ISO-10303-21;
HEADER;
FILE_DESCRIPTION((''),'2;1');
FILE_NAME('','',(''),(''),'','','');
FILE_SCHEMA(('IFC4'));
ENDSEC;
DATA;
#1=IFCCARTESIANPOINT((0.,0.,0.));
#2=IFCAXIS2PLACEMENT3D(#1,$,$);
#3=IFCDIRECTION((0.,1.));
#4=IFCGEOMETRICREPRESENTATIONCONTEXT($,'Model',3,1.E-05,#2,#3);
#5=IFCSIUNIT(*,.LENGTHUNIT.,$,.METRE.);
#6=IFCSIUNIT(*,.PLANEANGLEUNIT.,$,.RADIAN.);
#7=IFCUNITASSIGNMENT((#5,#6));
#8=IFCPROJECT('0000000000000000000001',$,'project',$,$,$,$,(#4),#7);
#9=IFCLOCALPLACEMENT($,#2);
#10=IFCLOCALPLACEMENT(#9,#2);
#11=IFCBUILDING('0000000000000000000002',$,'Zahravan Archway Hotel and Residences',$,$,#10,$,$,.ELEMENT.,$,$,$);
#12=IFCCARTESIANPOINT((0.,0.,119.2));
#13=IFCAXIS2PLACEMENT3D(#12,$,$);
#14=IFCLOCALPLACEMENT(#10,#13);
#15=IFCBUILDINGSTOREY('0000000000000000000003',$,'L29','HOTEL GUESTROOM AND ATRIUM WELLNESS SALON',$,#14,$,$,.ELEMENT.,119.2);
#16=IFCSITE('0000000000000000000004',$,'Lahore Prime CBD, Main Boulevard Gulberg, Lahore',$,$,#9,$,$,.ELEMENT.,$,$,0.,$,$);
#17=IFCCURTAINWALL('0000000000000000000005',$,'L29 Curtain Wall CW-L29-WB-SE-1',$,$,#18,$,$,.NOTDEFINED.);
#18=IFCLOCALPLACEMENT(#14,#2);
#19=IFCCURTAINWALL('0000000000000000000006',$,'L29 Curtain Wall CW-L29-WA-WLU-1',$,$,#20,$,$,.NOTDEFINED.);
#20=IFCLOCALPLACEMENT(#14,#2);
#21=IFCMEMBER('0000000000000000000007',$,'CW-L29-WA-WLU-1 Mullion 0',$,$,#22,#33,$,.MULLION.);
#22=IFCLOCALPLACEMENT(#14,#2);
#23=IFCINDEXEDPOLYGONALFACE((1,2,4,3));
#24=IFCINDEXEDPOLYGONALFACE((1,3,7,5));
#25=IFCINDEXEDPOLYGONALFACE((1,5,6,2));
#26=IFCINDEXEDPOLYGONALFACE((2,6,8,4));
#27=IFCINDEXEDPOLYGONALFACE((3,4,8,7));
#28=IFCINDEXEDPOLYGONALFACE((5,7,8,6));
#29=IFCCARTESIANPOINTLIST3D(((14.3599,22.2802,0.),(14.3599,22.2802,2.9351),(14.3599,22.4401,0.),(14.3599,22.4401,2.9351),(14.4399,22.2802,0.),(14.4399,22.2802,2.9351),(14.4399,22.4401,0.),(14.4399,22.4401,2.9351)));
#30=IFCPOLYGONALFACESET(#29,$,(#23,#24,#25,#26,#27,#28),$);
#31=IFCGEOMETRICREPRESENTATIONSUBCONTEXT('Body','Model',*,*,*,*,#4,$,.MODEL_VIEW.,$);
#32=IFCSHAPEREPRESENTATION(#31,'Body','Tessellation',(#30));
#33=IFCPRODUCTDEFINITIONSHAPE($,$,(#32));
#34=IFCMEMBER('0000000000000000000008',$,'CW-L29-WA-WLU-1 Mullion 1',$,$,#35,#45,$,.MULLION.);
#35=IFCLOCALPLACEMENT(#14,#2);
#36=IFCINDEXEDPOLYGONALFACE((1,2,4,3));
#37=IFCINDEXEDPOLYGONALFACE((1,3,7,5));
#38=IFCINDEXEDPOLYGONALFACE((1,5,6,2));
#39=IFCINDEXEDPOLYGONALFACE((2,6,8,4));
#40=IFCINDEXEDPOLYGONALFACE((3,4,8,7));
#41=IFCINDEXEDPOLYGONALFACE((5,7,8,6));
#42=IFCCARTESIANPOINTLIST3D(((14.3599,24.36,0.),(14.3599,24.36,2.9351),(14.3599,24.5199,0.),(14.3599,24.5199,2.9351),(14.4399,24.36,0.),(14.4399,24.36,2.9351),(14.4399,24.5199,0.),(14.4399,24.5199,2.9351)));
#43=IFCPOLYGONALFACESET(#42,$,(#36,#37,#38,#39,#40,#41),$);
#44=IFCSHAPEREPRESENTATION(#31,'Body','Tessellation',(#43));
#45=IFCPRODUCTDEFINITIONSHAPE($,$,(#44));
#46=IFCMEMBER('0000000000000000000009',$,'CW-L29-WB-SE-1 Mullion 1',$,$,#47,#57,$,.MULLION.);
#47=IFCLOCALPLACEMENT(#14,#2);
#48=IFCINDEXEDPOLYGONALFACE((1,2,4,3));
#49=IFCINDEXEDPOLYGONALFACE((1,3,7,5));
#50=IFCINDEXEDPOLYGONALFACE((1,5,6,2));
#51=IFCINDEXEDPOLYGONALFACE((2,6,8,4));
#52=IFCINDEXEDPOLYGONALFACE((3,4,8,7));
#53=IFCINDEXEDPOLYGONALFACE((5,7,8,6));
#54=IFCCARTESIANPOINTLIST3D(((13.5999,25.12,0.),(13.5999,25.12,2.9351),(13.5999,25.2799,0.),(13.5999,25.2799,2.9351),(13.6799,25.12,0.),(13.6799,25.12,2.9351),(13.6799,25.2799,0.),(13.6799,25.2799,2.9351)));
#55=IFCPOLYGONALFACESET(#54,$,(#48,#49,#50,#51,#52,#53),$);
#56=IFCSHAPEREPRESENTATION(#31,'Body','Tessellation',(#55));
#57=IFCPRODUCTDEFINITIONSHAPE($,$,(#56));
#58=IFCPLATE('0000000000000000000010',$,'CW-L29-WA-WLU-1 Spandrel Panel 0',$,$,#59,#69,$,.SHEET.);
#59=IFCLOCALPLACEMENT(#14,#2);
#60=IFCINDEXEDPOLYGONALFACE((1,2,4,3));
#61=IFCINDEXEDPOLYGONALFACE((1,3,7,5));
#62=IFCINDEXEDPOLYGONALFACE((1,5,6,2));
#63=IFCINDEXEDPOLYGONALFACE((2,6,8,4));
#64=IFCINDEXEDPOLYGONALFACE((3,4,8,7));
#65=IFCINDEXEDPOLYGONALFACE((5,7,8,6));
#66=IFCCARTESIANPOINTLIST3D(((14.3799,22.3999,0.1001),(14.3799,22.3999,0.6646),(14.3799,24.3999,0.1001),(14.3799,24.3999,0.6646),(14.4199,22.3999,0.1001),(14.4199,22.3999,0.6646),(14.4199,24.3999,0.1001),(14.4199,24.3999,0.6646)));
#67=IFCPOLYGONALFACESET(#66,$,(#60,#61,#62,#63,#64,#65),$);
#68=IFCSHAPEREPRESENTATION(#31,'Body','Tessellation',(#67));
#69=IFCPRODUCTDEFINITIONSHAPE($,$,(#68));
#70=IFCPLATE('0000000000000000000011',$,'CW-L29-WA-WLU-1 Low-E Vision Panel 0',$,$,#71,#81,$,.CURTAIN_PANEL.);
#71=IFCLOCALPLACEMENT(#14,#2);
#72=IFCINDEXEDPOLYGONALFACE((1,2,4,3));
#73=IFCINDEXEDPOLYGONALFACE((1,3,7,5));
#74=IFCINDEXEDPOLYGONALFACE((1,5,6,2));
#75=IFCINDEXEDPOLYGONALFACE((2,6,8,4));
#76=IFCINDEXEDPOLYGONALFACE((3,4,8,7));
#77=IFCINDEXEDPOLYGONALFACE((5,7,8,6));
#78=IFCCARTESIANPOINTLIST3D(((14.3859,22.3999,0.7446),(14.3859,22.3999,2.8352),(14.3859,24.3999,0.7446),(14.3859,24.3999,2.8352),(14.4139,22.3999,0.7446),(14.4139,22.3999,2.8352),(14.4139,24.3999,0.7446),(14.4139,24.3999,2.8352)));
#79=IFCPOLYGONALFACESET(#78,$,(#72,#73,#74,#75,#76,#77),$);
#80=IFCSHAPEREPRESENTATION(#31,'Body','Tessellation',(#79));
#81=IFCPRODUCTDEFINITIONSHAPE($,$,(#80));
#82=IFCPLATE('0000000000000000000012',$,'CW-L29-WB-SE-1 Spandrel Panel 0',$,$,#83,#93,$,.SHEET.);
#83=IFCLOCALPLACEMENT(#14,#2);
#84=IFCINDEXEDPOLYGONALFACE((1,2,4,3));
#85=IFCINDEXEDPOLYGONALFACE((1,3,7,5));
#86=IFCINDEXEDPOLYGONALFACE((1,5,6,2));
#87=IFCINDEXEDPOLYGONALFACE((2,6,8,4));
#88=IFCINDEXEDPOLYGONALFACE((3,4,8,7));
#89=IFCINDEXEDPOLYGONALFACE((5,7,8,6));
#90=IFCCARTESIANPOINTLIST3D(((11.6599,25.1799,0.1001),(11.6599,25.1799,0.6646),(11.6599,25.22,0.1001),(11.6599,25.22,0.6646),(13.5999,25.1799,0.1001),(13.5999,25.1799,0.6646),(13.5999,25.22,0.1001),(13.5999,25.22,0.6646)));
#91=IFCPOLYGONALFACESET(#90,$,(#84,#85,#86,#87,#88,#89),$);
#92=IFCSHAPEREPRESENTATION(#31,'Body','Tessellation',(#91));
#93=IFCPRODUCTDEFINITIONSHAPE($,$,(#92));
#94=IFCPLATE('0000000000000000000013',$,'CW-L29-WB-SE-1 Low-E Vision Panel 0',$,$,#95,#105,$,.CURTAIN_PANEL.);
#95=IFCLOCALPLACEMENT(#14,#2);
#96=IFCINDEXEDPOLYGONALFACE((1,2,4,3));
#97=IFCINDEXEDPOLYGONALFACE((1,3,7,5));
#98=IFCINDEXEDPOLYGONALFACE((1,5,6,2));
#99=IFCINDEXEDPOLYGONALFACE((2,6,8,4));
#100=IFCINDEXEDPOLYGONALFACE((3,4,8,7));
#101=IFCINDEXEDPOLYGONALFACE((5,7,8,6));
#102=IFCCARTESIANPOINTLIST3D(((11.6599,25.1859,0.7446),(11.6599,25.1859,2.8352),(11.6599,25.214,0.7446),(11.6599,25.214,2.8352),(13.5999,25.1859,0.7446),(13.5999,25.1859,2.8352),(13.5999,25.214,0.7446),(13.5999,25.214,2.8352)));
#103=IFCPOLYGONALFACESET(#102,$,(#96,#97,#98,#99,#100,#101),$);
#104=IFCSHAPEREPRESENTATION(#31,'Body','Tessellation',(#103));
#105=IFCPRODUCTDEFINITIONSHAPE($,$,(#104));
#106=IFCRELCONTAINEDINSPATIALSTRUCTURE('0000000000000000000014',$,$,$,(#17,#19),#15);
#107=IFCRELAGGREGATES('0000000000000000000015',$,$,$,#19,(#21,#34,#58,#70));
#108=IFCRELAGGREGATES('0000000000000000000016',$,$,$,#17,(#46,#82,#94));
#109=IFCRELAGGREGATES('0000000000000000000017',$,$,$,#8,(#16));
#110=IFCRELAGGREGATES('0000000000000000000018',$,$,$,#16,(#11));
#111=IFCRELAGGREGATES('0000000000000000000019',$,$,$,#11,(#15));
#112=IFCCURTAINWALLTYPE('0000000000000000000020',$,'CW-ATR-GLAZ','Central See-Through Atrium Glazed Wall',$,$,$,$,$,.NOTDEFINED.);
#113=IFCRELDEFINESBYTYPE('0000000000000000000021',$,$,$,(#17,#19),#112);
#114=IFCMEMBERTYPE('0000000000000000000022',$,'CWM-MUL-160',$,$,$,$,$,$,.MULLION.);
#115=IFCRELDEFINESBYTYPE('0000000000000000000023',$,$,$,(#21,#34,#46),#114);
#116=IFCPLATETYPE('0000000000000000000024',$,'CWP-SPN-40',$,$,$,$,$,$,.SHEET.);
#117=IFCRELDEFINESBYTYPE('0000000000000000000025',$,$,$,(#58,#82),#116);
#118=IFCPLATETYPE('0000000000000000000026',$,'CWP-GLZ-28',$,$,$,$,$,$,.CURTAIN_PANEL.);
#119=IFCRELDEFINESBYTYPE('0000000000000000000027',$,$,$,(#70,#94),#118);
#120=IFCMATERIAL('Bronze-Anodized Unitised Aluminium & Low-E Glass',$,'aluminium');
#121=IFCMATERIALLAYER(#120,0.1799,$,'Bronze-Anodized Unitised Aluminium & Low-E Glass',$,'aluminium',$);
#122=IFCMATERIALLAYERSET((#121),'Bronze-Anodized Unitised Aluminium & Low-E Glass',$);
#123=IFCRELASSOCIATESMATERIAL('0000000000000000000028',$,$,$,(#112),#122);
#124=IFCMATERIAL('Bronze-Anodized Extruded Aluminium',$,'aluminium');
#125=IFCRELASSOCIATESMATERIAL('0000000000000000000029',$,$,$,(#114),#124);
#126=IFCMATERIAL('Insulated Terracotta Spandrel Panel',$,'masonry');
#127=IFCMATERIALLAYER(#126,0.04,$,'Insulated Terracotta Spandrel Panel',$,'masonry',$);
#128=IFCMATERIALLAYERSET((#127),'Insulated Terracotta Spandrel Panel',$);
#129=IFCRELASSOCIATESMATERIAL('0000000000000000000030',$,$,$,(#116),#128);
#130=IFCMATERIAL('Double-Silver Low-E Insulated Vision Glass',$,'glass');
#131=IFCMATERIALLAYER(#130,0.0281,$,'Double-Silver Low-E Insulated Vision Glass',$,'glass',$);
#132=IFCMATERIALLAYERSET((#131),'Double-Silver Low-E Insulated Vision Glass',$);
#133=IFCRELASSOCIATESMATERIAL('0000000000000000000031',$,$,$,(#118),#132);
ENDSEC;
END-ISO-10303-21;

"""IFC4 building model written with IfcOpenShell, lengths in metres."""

from ifc_helpers import new_model, si_unit, direction, frame, origin, origin_2d, place, context, subcontext, project, spatial, rectangle, extrude, source, transform, mapped, material, layer, layer_set, material_profile, profile_set, type_object, element, aggregate, save


model = new_model("IFC4")

# Units and contexts
model_context = context("Model", 3, precision=1e-05, world=origin(), true_north=direction((0.0, 1.0)))
body_context = subcontext(model_context, "Body", "Model", "MODEL_VIEW")
ifc_project = project(units=[si_unit("LENGTHUNIT", "METRE"), si_unit("PLANEANGLEUNIT", "RADIAN")], contexts=[model_context])

# Site, building, storey
site_placement = place(None, origin())
site = spatial("IfcSite", under=ifc_project, at=site_placement, Name="Lahore Prime CBD, Main Boulevard Gulberg, Lahore", CompositionType="ELEMENT", RefElevation=0.0)
building_placement = place(site_placement, origin())
building = spatial("IfcBuilding", under=site, at=building_placement, Name="Zahravan Archway Hotel and Residences", CompositionType="ELEMENT")
storey_placement = place(building_placement, frame((0.0, 0.0, 119.2)))
storey = spatial("IfcBuildingStorey", under=building, at=storey_placement, Name="L29", Description="HOTEL GUESTROOM AND ATRIUM WELLNESS SALON", CompositionType="ELEMENT", Elevation=119.2)

# Curtain walls, members
ifc_material_1 = material(Name="Bronze-Anodized Unitised Aluminium & Low-E Glass", Category="aluminium")
ifc_layer_1 = layer(ifc_material_1, 0.1799, Name="Bronze-Anodized Unitised Aluminium & Low-E Glass", Category="aluminium")
ifc_layer_set_1 = layer_set([ifc_layer_1], Name="Bronze-Anodized Unitised Aluminium & Low-E Glass")
curtain_wall_type = type_object("IfcCurtainWallType", Name="CW-ATR-GLAZ", Description="Central See-Through Atrium Glazed Wall", PredefinedType="NOTDEFINED", material=ifc_layer_set_1)
curtain_wall_1_placement = place(storey_placement, origin())
curtain_wall_1 = element("IfcCurtainWall", 1, at=curtain_wall_1_placement, inside=storey, type_object=curtain_wall_type, Name="L29 Curtain Wall CW-L29-WB-SE-1", PredefinedType="NOTDEFINED")
ifc_material_2 = material(Name="Bronze-Anodized Extruded Aluminium", Category="aluminium")
curtain_wall_2_placement = place(storey_placement, origin())
curtain_wall_2 = element("IfcCurtainWall", 2, at=curtain_wall_2_placement, inside=storey, type_object=curtain_wall_type, Name="L29 Curtain Wall CW-L29-WA-WLU-1", PredefinedType="NOTDEFINED")
ifc_material_profile_1 = material_profile(ifc_material_2, rectangle(XDim=0.0801, YDim=0.1599, at=origin_2d()), Name="MUL 80x160", Category="aluminium")
ifc_profile_set_1 = profile_set([ifc_material_profile_1], Name="Bronze-Anodized Extruded Aluminium")
member_type_1 = type_object("IfcMemberType", Name="CWM-MUL-160", PredefinedType="MULLION", material=ifc_profile_set_1)
shared_shape_1 = source(origin(), body_context, "Body", "SweptSolid", [
    extrude(rectangle(XDim=0.0801, YDim=0.1599, at=origin_2d()), origin(), (0.0, 0.0, 1.0), 2.9351),
])
member_1_placement = place(storey_placement, frame((14.3999, 22.3601, 0.0), z_axis=(0.0, 0.0, 1.0), x_axis=(1.0, 0.0, 0.0)))
member_1 = element("IfcMember", 3, at=member_1_placement, type_object=member_type_1, Name="CW-L29-WA-WLU-1 Mullion 0", PredefinedType="MULLION", context=body_context, shape_type="MappedRepresentation", body=[
    mapped(shared_shape_1, transform((0.0, 0.0, 0.0), scale=1.0)),
])
member_2_placement = place(storey_placement, frame((14.3999, 24.4399, 0.0), z_axis=(0.0, 0.0, 1.0), x_axis=(1.0, 0.0, 0.0)))
member_2 = element("IfcMember", 4, at=member_2_placement, type_object=member_type_1, Name="CW-L29-WA-WLU-1 Mullion 1", PredefinedType="MULLION", context=body_context, shape_type="MappedRepresentation", body=[
    mapped(shared_shape_1, transform((0.0, 0.0, 0.0), scale=1.0)),
])

# Member
member_3_placement = place(storey_placement, frame((13.6399, 25.2, 0.0), z_axis=(0.0, 0.0, 1.0), x_axis=(1.0, 0.0, 0.0)))
member_3 = element("IfcMember", 5, at=member_3_placement, type_object=member_type_1, Name="CW-L29-WB-SE-1 Mullion 1", PredefinedType="MULLION", context=body_context, shape_type="MappedRepresentation", body=[
    mapped(shared_shape_1, transform((0.0, 0.0, 0.0), scale=1.0)),
])

# Plates
ifc_material_3 = material(Name="Insulated Terracotta Spandrel Panel", Category="masonry")
ifc_layer_2 = layer(ifc_material_3, 0.04, Name="Insulated Terracotta Spandrel Panel", Category="masonry")
ifc_layer_set_2 = layer_set([ifc_layer_2], Name="Insulated Terracotta Spandrel Panel")
plate_type_1 = type_object("IfcPlateType", Name="CWP-SPN-40", PredefinedType="SHEET", material=ifc_layer_set_2)
shared_shape_2 = source(origin(), body_context, "Body", "SweptSolid", [
    extrude(rectangle(XDim=2.0, YDim=0.04, at=origin_2d()), origin(), (0.0, 0.0, 1.0), 0.5645),
])
plate_1_placement = place(storey_placement, frame((14.3999, 23.3999, 0.1001), z_axis=(0.0, 0.0, 1.0), x_axis=(0.0, 1.0, 0.0)))
plate_1 = element("IfcPlate", 6, at=plate_1_placement, type_object=plate_type_1, Name="CW-L29-WA-WLU-1 Spandrel Panel 0", PredefinedType="SHEET", context=body_context, shape_type="MappedRepresentation", body=[
    mapped(shared_shape_2, transform((0.0, 0.0, 0.0), scale=1.0)),
])
ifc_material_4 = material(Name="Double-Silver Low-E Insulated Vision Glass", Category="glass")
ifc_layer_3 = layer(ifc_material_4, 0.0281, Name="Double-Silver Low-E Insulated Vision Glass", Category="glass")
ifc_layer_set_3 = layer_set([ifc_layer_3], Name="Double-Silver Low-E Insulated Vision Glass")
plate_type_2 = type_object("IfcPlateType", Name="CWP-GLZ-28", PredefinedType="CURTAIN_PANEL", material=ifc_layer_set_3)
shared_shape_3 = source(origin(), body_context, "Body", "SweptSolid", [
    extrude(rectangle(XDim=2.0, YDim=0.0281, at=origin_2d()), origin(), (0.0, 0.0, 1.0), 2.0906),
])
plate_2_placement = place(storey_placement, frame((14.3999, 23.3999, 0.7446), z_axis=(0.0, 0.0, 1.0), x_axis=(0.0, 1.0, 0.0)))
plate_2 = element("IfcPlate", 7, at=plate_2_placement, type_object=plate_type_2, Name="CW-L29-WA-WLU-1 Low-E Vision Panel 0", PredefinedType="CURTAIN_PANEL", context=body_context, shape_type="MappedRepresentation", body=[
    mapped(shared_shape_3, transform((0.0, 0.0, 0.0), scale=1.0)),
])
aggregate(curtain_wall_2, [member_1, member_2, plate_1, plate_2])
shared_shape_4 = source(origin(), body_context, "Body", "SweptSolid", [
    extrude(rectangle(XDim=1.9399, YDim=0.04, at=origin_2d()), origin(), (0.0, 0.0, 1.0), 0.5645),
])
plate_3_placement = place(storey_placement, frame((12.6299, 25.2, 0.1001), z_axis=(0.0, 0.0, 1.0), x_axis=(1.0, 0.0, 0.0)))
plate_3 = element("IfcPlate", 8, at=plate_3_placement, type_object=plate_type_1, Name="CW-L29-WB-SE-1 Spandrel Panel 0", PredefinedType="SHEET", context=body_context, shape_type="MappedRepresentation", body=[
    mapped(shared_shape_4, transform((0.0, 0.0, 0.0), scale=1.0)),
])
shared_shape_5 = source(origin(), body_context, "Body", "SweptSolid", [
    extrude(rectangle(XDim=1.9399, YDim=0.0281, at=origin_2d()), origin(), (0.0, 0.0, 1.0), 2.0906),
])
plate_4_placement = place(storey_placement, frame((12.6299, 25.2, 0.7446), z_axis=(0.0, 0.0, 1.0), x_axis=(1.0, 0.0, 0.0)))
plate_4 = element("IfcPlate", 9, at=plate_4_placement, type_object=plate_type_2, Name="CW-L29-WB-SE-1 Low-E Vision Panel 0", PredefinedType="CURTAIN_PANEL", context=body_context, shape_type="MappedRepresentation", body=[
    mapped(shared_shape_5, transform((0.0, 0.0, 0.0), scale=1.0)),
])
aggregate(curtain_wall_1, [member_3, plate_3, plate_4])

save(model, "model.ifc")
